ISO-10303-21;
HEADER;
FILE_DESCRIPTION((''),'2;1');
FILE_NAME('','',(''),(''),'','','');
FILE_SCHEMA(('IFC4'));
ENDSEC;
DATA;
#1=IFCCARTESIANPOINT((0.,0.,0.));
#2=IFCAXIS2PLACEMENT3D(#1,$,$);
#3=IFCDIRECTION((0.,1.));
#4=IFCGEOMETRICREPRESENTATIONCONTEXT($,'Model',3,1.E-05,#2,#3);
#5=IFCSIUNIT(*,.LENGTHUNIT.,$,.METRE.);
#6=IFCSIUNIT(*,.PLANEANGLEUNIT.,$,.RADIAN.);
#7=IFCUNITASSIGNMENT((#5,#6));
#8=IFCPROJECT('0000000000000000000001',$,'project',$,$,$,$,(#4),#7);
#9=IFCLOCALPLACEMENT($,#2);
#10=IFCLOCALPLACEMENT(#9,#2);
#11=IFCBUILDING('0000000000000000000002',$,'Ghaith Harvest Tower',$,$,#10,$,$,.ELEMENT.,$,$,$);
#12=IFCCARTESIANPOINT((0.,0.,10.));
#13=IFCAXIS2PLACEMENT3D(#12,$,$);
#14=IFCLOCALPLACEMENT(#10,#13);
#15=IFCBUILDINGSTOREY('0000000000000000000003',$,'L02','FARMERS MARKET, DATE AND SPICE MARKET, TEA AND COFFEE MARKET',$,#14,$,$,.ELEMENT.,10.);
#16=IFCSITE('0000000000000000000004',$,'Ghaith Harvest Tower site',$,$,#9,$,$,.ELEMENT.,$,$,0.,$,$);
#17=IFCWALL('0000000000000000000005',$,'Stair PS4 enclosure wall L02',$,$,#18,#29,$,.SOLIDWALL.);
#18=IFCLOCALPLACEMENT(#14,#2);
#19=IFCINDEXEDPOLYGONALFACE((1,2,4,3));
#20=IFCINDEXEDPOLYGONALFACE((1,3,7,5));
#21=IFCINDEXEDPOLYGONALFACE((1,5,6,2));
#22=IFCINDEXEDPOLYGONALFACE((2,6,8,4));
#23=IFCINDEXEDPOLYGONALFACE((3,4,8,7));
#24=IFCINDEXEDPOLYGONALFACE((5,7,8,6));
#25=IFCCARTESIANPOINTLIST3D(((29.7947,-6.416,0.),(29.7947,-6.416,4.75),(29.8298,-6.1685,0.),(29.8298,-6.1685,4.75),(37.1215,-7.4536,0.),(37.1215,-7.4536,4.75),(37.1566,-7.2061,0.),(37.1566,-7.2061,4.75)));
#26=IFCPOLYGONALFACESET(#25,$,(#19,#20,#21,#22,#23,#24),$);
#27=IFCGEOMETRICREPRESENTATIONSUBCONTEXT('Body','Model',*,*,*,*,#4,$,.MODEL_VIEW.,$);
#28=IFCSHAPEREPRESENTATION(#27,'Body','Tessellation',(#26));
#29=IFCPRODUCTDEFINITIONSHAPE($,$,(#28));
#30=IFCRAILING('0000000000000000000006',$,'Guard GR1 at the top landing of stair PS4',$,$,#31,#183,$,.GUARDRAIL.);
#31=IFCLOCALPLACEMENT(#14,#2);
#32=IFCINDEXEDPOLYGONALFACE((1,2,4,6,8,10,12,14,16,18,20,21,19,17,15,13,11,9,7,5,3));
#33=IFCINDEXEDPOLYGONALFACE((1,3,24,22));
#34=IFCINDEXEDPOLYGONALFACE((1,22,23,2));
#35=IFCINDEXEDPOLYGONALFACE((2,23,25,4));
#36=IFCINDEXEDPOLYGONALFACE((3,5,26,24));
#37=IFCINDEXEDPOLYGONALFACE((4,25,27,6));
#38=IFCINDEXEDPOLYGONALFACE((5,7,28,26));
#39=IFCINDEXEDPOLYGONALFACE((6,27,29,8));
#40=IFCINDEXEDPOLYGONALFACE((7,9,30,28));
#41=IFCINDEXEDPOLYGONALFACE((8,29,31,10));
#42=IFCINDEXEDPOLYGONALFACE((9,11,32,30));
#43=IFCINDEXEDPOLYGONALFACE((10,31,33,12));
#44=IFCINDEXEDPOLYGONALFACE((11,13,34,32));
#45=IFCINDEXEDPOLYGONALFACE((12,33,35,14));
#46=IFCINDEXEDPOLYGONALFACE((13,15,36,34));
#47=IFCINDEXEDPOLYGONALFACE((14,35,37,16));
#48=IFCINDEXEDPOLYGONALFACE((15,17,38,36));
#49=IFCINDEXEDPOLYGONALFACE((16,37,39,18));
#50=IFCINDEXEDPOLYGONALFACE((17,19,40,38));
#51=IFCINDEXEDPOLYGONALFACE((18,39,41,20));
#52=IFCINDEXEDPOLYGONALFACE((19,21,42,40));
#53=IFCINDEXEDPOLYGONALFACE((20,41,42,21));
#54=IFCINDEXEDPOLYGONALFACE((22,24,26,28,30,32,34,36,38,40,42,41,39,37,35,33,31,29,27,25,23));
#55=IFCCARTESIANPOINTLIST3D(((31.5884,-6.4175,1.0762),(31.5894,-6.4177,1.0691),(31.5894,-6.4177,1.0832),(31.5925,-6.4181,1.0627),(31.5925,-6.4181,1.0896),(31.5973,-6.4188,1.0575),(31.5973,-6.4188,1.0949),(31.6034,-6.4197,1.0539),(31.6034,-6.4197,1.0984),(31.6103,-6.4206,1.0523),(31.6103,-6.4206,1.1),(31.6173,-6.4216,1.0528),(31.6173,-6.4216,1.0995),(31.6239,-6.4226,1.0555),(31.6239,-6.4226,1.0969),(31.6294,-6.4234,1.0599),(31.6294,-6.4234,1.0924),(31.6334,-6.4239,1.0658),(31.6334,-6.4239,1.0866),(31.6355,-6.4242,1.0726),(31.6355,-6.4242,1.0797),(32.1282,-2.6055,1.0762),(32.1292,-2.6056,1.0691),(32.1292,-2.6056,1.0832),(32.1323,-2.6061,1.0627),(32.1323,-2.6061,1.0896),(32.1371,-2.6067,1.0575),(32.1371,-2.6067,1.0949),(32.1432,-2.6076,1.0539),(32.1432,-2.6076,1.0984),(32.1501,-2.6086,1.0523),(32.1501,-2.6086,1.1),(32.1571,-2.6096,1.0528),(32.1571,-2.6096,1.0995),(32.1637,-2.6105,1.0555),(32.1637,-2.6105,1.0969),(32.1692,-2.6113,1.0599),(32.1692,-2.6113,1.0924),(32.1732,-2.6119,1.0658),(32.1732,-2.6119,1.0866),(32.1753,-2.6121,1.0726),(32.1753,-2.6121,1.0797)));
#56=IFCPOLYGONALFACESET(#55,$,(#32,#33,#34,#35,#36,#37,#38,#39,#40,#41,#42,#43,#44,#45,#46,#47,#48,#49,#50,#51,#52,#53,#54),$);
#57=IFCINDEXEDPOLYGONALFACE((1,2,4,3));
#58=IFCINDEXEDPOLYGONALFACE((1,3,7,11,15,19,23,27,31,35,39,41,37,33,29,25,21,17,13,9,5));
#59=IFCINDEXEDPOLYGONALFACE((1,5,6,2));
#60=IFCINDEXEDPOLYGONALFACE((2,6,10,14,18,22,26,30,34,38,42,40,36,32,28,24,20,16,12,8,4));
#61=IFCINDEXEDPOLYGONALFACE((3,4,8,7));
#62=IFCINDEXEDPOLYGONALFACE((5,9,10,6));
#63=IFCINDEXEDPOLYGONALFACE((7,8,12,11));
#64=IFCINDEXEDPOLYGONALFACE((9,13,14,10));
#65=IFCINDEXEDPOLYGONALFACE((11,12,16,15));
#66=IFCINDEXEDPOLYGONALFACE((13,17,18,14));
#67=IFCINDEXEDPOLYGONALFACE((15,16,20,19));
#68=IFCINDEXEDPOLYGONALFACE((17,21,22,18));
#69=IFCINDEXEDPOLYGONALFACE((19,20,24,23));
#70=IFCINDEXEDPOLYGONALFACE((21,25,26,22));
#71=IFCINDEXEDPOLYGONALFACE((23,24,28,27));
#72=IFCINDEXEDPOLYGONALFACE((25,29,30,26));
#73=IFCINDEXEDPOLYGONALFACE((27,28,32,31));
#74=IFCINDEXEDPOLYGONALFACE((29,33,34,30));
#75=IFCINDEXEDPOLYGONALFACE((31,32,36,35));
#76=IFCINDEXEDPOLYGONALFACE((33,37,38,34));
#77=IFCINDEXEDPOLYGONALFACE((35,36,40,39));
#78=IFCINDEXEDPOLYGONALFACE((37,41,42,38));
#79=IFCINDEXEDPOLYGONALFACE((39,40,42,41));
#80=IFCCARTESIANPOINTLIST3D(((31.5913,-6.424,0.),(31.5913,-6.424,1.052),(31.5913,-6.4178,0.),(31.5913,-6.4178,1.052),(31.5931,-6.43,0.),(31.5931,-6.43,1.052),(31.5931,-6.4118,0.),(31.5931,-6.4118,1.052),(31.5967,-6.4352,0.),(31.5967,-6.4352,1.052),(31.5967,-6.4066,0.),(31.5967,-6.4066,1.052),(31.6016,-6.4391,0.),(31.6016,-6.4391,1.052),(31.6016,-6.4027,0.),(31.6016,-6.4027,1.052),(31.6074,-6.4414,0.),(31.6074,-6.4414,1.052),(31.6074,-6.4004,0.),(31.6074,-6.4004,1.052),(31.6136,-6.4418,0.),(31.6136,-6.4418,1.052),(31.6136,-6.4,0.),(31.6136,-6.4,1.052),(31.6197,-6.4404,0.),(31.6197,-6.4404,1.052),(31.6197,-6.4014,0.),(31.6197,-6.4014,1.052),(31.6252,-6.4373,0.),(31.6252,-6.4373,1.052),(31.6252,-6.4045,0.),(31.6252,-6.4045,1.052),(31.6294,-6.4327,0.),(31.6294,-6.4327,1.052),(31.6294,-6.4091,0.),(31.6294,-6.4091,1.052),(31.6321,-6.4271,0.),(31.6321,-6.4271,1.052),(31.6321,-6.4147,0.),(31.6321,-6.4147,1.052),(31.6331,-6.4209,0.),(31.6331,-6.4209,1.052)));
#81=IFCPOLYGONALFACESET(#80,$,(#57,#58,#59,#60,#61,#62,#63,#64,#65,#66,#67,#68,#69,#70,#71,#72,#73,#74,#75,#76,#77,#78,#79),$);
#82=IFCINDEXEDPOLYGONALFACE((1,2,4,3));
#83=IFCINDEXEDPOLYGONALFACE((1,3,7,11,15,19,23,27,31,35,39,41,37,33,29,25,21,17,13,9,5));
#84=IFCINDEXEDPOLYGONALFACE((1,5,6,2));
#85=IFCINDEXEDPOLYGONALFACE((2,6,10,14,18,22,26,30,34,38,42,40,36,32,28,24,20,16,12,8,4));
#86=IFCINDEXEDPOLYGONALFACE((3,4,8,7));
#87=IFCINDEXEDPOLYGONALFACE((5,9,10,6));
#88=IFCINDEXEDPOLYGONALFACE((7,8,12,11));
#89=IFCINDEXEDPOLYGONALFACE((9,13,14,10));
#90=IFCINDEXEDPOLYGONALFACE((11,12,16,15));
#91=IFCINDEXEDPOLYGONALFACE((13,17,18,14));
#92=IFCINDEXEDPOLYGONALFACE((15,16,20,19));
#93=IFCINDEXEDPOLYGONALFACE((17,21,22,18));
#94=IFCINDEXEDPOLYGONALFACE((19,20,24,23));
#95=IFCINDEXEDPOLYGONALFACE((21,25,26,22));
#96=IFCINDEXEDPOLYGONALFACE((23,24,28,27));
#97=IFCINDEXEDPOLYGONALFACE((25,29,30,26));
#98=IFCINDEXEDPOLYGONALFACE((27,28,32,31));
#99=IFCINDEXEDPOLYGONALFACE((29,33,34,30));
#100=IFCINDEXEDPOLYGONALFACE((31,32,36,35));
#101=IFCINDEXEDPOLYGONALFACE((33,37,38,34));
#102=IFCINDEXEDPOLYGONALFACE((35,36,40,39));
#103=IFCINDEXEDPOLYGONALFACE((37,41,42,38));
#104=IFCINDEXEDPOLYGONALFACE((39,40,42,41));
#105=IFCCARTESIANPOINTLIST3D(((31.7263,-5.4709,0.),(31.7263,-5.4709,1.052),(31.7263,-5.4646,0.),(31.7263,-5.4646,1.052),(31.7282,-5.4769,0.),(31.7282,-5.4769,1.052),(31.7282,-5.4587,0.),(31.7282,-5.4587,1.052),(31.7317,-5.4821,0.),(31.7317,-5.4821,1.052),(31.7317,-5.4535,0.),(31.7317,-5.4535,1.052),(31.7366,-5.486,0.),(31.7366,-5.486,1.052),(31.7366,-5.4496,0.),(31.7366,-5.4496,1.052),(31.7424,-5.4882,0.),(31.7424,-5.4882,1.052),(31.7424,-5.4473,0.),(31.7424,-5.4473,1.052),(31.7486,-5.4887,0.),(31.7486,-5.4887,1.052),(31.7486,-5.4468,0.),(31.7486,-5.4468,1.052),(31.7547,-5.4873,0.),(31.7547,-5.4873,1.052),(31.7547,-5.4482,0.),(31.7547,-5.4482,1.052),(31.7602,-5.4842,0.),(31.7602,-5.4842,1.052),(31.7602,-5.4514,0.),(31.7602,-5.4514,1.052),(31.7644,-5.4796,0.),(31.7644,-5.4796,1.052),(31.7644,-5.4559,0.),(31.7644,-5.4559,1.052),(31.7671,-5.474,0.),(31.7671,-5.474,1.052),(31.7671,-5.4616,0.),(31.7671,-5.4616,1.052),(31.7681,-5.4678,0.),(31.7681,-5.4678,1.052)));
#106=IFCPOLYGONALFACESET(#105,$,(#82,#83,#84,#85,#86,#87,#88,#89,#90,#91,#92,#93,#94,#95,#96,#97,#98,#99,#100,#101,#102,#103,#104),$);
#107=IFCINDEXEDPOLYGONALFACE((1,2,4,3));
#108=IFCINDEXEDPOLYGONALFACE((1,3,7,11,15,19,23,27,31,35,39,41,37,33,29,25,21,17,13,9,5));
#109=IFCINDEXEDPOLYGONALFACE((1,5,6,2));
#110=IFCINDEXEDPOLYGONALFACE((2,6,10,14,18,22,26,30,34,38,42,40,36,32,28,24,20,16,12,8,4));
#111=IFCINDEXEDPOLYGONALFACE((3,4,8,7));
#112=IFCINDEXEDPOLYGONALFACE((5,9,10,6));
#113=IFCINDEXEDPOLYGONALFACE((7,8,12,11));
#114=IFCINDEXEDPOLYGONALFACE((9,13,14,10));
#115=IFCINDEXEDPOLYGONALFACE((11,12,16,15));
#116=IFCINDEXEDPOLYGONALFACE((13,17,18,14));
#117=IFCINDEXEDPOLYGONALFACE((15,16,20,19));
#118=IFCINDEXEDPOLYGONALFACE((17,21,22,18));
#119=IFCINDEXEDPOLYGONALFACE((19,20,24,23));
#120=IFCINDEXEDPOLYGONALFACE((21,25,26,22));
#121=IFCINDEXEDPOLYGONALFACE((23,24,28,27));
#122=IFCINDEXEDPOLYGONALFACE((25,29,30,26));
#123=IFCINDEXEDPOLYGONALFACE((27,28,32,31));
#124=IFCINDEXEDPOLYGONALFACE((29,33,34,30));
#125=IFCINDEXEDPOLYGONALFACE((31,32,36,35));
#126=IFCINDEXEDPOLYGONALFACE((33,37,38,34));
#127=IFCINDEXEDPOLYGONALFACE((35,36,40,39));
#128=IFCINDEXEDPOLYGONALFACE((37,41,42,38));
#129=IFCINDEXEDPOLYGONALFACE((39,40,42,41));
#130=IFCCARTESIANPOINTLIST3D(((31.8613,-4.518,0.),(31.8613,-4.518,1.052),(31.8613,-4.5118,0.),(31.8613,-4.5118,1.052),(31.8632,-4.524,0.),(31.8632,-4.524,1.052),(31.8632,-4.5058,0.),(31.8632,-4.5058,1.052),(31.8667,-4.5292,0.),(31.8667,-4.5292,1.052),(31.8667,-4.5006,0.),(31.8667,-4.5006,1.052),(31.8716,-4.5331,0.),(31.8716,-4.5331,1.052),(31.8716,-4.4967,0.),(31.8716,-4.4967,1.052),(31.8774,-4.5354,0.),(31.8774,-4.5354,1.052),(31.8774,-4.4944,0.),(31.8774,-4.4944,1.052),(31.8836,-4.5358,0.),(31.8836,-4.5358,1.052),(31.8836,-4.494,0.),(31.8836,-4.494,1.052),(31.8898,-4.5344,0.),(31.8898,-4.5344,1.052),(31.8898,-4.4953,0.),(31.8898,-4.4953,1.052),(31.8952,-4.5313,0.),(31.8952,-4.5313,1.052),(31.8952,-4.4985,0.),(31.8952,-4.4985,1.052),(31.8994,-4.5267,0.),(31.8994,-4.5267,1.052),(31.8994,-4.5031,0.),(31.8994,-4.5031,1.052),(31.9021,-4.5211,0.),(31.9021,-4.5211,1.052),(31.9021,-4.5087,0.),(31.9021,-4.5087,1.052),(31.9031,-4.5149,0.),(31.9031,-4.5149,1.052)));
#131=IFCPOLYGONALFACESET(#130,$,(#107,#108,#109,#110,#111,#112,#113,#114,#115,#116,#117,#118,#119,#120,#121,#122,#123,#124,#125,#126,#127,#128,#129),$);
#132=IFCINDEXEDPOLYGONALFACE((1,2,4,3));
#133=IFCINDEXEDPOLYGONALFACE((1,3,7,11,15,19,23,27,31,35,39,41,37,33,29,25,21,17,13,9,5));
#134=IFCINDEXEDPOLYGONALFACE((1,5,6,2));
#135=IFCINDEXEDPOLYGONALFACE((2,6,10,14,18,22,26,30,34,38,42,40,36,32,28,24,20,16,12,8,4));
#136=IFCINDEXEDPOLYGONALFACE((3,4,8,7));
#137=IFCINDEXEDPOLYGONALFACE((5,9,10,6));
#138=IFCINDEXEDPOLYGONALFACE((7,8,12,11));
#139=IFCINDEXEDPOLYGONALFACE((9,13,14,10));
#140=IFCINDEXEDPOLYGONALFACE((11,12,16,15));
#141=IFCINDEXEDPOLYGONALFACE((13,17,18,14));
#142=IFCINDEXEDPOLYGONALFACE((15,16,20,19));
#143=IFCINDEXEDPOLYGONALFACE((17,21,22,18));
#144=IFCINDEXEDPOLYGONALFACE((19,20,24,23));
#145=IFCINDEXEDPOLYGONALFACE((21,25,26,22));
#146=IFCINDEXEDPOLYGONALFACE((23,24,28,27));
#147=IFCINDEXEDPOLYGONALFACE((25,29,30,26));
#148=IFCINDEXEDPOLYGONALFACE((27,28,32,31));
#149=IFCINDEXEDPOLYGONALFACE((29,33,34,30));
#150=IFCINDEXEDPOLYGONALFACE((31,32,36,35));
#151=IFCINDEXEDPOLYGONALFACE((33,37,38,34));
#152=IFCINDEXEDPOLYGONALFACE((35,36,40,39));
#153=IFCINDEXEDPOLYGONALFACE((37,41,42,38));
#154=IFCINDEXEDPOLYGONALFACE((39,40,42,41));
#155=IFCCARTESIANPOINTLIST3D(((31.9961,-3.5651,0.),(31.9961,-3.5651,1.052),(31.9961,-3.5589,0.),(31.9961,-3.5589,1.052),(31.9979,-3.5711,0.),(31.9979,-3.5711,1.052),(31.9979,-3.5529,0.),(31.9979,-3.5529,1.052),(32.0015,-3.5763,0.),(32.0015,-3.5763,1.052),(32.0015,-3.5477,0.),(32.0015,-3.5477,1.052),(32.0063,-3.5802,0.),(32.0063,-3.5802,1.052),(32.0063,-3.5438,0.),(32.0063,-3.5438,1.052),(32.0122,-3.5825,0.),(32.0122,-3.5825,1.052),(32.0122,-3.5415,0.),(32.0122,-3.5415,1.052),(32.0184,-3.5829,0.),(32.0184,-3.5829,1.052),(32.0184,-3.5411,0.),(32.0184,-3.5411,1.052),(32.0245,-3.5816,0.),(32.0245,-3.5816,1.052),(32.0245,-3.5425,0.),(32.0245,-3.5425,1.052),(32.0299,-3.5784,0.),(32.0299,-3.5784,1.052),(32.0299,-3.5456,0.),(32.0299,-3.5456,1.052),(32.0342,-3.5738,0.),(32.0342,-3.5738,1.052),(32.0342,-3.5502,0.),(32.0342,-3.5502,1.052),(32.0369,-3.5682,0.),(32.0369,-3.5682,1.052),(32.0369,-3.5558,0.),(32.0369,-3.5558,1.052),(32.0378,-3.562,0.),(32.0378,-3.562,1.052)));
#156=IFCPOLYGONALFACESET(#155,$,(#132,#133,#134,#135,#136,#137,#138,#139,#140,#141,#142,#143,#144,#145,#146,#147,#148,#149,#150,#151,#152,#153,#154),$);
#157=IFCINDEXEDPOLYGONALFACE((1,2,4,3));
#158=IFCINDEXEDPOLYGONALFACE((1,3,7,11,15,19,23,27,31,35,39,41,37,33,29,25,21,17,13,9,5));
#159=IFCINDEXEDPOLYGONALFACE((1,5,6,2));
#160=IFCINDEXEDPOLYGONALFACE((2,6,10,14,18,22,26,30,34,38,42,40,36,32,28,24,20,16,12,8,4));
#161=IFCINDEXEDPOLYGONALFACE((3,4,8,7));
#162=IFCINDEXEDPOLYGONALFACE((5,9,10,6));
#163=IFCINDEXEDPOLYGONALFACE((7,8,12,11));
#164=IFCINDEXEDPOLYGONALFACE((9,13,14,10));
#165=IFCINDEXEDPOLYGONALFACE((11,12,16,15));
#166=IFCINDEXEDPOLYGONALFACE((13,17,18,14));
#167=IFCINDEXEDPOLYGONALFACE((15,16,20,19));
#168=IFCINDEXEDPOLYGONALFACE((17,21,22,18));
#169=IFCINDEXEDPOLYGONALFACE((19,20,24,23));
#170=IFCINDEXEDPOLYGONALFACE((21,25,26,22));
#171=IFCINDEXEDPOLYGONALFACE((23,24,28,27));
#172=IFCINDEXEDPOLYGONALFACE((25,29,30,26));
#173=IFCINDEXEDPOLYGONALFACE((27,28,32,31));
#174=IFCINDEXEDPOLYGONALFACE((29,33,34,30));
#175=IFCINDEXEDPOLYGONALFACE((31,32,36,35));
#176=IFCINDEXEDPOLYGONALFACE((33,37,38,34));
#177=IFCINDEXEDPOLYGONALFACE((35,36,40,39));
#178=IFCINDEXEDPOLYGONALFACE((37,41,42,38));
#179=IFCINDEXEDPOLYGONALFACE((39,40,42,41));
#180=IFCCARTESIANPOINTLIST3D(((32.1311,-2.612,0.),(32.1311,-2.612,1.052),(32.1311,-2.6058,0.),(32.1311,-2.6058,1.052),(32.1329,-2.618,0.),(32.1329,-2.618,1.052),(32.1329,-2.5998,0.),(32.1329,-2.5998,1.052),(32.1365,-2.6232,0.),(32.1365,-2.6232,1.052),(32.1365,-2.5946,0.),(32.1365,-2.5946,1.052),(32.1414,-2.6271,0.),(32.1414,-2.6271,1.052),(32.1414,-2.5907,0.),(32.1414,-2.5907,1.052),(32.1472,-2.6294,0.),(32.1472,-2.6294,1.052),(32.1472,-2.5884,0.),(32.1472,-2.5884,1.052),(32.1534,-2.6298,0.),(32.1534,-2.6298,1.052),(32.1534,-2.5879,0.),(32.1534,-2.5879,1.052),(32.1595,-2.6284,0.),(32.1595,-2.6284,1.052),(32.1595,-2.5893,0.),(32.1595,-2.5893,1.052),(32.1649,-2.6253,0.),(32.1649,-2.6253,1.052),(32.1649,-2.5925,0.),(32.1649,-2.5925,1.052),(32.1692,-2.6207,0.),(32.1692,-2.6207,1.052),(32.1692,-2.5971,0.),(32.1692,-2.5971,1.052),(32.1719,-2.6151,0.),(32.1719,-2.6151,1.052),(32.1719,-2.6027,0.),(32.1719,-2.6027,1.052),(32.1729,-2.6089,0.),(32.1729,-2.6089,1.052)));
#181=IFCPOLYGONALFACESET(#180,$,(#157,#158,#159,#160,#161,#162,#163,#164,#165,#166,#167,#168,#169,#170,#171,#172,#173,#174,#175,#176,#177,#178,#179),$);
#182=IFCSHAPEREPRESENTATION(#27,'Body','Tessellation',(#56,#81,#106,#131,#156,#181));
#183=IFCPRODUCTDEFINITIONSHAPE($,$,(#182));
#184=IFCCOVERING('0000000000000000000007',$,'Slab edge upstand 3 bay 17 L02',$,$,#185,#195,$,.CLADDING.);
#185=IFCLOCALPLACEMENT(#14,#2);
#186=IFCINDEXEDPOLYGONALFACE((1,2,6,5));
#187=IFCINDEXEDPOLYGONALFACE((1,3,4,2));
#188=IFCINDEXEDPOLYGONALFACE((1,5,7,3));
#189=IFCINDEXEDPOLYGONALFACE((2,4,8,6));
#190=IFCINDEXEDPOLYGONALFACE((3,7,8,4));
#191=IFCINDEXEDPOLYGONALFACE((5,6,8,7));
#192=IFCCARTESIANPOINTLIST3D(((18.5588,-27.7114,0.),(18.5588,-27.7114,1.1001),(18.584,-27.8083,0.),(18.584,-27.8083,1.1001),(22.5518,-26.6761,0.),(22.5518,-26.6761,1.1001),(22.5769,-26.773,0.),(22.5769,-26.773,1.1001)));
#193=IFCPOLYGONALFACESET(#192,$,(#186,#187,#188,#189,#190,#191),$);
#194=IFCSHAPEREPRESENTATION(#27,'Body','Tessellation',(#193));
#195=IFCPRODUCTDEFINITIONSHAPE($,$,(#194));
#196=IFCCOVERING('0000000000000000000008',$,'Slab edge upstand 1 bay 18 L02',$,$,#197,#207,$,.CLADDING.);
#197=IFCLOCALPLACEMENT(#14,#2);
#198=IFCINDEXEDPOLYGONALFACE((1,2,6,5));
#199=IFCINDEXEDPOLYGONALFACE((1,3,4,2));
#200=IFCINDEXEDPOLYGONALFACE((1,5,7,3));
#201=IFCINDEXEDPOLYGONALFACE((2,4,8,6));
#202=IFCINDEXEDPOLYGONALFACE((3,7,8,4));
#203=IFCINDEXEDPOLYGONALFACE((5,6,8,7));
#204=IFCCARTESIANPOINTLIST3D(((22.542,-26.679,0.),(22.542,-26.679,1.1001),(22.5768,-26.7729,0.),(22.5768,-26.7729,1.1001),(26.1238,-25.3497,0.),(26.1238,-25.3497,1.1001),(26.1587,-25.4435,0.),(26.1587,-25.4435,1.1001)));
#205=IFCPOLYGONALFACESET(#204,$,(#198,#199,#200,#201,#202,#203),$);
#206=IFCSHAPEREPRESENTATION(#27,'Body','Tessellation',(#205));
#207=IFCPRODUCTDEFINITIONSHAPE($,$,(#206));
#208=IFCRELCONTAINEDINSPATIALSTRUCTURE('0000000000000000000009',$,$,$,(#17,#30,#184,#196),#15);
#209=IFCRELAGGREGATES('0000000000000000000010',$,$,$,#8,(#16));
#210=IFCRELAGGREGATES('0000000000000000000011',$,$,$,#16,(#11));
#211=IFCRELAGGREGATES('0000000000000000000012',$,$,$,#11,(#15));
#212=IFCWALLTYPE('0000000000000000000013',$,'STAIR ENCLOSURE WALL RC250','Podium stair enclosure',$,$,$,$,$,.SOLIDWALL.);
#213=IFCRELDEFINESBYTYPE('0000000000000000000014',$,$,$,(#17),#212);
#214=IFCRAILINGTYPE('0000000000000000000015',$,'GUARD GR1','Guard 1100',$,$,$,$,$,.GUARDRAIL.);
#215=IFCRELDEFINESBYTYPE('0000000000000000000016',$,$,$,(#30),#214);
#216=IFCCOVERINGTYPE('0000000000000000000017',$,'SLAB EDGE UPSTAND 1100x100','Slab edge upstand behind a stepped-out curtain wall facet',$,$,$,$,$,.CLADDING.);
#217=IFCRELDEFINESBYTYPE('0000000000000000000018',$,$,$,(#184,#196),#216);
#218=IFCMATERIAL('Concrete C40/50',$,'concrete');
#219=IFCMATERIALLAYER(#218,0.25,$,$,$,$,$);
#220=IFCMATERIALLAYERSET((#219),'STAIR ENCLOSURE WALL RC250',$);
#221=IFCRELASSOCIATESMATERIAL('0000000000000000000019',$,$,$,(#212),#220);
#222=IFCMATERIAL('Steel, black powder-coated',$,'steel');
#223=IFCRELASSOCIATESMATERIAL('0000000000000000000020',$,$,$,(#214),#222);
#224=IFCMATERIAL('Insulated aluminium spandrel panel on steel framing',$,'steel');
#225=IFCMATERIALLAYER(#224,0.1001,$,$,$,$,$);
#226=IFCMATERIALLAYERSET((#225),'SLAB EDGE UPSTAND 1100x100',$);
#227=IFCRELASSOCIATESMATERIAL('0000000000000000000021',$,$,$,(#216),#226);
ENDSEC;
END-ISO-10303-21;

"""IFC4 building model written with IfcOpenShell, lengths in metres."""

from ifc_helpers import new_model, si_unit, direction, frame, frame_2d, origin, origin_2d, place, context, subcontext, project, spatial, rectangle, circle, extrude, material, layer, layer_set, type_object, element, save


model = new_model("IFC4")

# Units and contexts
model_context = context("Model", 3, precision=1e-05, world=origin(), true_north=direction((0.0, 1.0)))
body_context = subcontext(model_context, "Body", "Model", "MODEL_VIEW")
ifc_project = project(units=[si_unit("LENGTHUNIT", "METRE"), si_unit("PLANEANGLEUNIT", "RADIAN")], contexts=[model_context])

# Site, building, storey
site_placement = place(None, origin())
site = spatial("IfcSite", under=ifc_project, at=site_placement, Name="Ghaith Harvest Tower site", CompositionType="ELEMENT", RefElevation=0.0)
building_placement = place(site_placement, origin())
building = spatial("IfcBuilding", under=site, at=building_placement, Name="Ghaith Harvest Tower", CompositionType="ELEMENT")
storey_placement = place(building_placement, frame((0.0, 0.0, 10.0)))
storey = spatial("IfcBuildingStorey", under=building, at=storey_placement, Name="L02", Description="FARMERS MARKET, DATE AND SPICE MARKET, TEA AND COFFEE MARKET", CompositionType="ELEMENT", Elevation=10.0)

# Shared definitions
ifc_material_1 = material(Name="Concrete C40/50", Category="concrete")
ifc_layer_1 = layer(ifc_material_1, 0.25)
ifc_layer_set_1 = layer_set([ifc_layer_1], Name="STAIR ENCLOSURE WALL RC250")
wall_type_1 = type_object("IfcWallType", Name="STAIR ENCLOSURE WALL RC250", Description="Podium stair enclosure", PredefinedType="SOLIDWALL", material=ifc_layer_set_1)

# Wall
wall_1_placement = place(storey_placement, frame((29.8123, -6.2922, 0.0), z_axis=(0.0, 0.0, 1.0), x_axis=(0.990121, -0.140216, 0.0)))
element("IfcWall", 1, at=wall_1_placement, inside=storey, type_object=wall_type_1, Name="Stair PS4 enclosure wall L02", PredefinedType="SOLIDWALL", context=body_context, shape_type="SweptSolid", body=[
    extrude(rectangle(XDim=7.3999, YDim=0.25, at=frame_2d((3.7, 0.0))), origin(), (0.0, 0.0, 1.0), 4.75),
])

# Railing
ifc_material_2 = material(Name="Steel, black powder-coated", Category="steel")
railing_type = type_object("IfcRailingType", Name="GUARD GR1", Description="Guard 1100", PredefinedType="GUARDRAIL", material=ifc_material_2)
railing_placement = place(storey_placement, frame((31.6121, -6.4209, 0.0)))
element("IfcRailing", 2, at=railing_placement, inside=storey, type_object=railing_type, Name="Guard GR1 at the top landing of stair PS4", PredefinedType="GUARDRAIL", context=body_context, shape_type="SweptSolid", body=[
    extrude(circle(Radius=0.0239, at=origin_2d()), frame((0.0, 0.0, 1.0762), z_axis=(0.140205, 0.990122, 0.0), x_axis=(-0.990122, 0.140205, 0.0)), (0.0, 0.0, 1.0), 3.8501),
    extrude(circle(Radius=0.021, at=origin_2d()), origin(), (0.0, 0.0, 1.0), 1.052),
    extrude(circle(Radius=0.021, at=origin_2d()), frame((0.135, 0.9531, 0.0)), (0.0, 0.0, 1.0), 1.052),
    extrude(circle(Radius=0.021, at=origin_2d()), frame((0.27, 1.906, 0.0)), (0.0, 0.0, 1.0), 1.052),
    extrude(circle(Radius=0.021, at=origin_2d()), frame((0.4048, 2.8589, 0.0)), (0.0, 0.0, 1.0), 1.052),
    extrude(circle(Radius=0.021, at=origin_2d()), frame((0.5398, 3.812, 0.0)), (0.0, 0.0, 1.0), 1.052),
])

# Coverings
ifc_material_3 = material(Name="Insulated aluminium spandrel panel on steel framing", Category="steel")
ifc_layer_2 = layer(ifc_material_3, 0.1001)
ifc_layer_set_2 = layer_set([ifc_layer_2], Name="SLAB EDGE UPSTAND 1100x100")
covering_type = type_object("IfcCoveringType", Name="SLAB EDGE UPSTAND 1100x100", Description="Slab edge upstand behind a stepped-out curtain wall facet", PredefinedType="CLADDING", material=ifc_layer_set_2)
covering_1_placement = place(storey_placement, frame((20.5679, -27.2422, 0.0), z_axis=(0.0, 0.0, 1.0), x_axis=(0.967989, 0.250991, 0.0)))
element("IfcCovering", 3, at=covering_1_placement, inside=storey, type_object=covering_type, Name="Slab edge upstand 3 bay 17 L02", PredefinedType="CLADDING", context=body_context, shape_type="SweptSolid", body=[
    extrude(rectangle(XDim=4.125, YDim=0.1001, at=origin_2d()), origin(), (0.0, 0.0, 1.0), 1.1001),
])
covering_2_placement = place(storey_placement, frame((24.3503, -26.0613, 0.0), z_axis=(0.0, 0.0, 1.0), x_axis=(0.937519, 0.347935, 0.0)))
element("IfcCovering", 4, at=covering_2_placement, inside=storey, type_object=covering_type, Name="Slab edge upstand 1 bay 18 L02", PredefinedType="CLADDING", context=body_context, shape_type="SweptSolid", body=[
    extrude(rectangle(XDim=3.8206, YDim=0.1001, at=origin_2d()), origin(), (0.0, 0.0, 1.0), 1.1001),
])

save(model, "model.ifc")
